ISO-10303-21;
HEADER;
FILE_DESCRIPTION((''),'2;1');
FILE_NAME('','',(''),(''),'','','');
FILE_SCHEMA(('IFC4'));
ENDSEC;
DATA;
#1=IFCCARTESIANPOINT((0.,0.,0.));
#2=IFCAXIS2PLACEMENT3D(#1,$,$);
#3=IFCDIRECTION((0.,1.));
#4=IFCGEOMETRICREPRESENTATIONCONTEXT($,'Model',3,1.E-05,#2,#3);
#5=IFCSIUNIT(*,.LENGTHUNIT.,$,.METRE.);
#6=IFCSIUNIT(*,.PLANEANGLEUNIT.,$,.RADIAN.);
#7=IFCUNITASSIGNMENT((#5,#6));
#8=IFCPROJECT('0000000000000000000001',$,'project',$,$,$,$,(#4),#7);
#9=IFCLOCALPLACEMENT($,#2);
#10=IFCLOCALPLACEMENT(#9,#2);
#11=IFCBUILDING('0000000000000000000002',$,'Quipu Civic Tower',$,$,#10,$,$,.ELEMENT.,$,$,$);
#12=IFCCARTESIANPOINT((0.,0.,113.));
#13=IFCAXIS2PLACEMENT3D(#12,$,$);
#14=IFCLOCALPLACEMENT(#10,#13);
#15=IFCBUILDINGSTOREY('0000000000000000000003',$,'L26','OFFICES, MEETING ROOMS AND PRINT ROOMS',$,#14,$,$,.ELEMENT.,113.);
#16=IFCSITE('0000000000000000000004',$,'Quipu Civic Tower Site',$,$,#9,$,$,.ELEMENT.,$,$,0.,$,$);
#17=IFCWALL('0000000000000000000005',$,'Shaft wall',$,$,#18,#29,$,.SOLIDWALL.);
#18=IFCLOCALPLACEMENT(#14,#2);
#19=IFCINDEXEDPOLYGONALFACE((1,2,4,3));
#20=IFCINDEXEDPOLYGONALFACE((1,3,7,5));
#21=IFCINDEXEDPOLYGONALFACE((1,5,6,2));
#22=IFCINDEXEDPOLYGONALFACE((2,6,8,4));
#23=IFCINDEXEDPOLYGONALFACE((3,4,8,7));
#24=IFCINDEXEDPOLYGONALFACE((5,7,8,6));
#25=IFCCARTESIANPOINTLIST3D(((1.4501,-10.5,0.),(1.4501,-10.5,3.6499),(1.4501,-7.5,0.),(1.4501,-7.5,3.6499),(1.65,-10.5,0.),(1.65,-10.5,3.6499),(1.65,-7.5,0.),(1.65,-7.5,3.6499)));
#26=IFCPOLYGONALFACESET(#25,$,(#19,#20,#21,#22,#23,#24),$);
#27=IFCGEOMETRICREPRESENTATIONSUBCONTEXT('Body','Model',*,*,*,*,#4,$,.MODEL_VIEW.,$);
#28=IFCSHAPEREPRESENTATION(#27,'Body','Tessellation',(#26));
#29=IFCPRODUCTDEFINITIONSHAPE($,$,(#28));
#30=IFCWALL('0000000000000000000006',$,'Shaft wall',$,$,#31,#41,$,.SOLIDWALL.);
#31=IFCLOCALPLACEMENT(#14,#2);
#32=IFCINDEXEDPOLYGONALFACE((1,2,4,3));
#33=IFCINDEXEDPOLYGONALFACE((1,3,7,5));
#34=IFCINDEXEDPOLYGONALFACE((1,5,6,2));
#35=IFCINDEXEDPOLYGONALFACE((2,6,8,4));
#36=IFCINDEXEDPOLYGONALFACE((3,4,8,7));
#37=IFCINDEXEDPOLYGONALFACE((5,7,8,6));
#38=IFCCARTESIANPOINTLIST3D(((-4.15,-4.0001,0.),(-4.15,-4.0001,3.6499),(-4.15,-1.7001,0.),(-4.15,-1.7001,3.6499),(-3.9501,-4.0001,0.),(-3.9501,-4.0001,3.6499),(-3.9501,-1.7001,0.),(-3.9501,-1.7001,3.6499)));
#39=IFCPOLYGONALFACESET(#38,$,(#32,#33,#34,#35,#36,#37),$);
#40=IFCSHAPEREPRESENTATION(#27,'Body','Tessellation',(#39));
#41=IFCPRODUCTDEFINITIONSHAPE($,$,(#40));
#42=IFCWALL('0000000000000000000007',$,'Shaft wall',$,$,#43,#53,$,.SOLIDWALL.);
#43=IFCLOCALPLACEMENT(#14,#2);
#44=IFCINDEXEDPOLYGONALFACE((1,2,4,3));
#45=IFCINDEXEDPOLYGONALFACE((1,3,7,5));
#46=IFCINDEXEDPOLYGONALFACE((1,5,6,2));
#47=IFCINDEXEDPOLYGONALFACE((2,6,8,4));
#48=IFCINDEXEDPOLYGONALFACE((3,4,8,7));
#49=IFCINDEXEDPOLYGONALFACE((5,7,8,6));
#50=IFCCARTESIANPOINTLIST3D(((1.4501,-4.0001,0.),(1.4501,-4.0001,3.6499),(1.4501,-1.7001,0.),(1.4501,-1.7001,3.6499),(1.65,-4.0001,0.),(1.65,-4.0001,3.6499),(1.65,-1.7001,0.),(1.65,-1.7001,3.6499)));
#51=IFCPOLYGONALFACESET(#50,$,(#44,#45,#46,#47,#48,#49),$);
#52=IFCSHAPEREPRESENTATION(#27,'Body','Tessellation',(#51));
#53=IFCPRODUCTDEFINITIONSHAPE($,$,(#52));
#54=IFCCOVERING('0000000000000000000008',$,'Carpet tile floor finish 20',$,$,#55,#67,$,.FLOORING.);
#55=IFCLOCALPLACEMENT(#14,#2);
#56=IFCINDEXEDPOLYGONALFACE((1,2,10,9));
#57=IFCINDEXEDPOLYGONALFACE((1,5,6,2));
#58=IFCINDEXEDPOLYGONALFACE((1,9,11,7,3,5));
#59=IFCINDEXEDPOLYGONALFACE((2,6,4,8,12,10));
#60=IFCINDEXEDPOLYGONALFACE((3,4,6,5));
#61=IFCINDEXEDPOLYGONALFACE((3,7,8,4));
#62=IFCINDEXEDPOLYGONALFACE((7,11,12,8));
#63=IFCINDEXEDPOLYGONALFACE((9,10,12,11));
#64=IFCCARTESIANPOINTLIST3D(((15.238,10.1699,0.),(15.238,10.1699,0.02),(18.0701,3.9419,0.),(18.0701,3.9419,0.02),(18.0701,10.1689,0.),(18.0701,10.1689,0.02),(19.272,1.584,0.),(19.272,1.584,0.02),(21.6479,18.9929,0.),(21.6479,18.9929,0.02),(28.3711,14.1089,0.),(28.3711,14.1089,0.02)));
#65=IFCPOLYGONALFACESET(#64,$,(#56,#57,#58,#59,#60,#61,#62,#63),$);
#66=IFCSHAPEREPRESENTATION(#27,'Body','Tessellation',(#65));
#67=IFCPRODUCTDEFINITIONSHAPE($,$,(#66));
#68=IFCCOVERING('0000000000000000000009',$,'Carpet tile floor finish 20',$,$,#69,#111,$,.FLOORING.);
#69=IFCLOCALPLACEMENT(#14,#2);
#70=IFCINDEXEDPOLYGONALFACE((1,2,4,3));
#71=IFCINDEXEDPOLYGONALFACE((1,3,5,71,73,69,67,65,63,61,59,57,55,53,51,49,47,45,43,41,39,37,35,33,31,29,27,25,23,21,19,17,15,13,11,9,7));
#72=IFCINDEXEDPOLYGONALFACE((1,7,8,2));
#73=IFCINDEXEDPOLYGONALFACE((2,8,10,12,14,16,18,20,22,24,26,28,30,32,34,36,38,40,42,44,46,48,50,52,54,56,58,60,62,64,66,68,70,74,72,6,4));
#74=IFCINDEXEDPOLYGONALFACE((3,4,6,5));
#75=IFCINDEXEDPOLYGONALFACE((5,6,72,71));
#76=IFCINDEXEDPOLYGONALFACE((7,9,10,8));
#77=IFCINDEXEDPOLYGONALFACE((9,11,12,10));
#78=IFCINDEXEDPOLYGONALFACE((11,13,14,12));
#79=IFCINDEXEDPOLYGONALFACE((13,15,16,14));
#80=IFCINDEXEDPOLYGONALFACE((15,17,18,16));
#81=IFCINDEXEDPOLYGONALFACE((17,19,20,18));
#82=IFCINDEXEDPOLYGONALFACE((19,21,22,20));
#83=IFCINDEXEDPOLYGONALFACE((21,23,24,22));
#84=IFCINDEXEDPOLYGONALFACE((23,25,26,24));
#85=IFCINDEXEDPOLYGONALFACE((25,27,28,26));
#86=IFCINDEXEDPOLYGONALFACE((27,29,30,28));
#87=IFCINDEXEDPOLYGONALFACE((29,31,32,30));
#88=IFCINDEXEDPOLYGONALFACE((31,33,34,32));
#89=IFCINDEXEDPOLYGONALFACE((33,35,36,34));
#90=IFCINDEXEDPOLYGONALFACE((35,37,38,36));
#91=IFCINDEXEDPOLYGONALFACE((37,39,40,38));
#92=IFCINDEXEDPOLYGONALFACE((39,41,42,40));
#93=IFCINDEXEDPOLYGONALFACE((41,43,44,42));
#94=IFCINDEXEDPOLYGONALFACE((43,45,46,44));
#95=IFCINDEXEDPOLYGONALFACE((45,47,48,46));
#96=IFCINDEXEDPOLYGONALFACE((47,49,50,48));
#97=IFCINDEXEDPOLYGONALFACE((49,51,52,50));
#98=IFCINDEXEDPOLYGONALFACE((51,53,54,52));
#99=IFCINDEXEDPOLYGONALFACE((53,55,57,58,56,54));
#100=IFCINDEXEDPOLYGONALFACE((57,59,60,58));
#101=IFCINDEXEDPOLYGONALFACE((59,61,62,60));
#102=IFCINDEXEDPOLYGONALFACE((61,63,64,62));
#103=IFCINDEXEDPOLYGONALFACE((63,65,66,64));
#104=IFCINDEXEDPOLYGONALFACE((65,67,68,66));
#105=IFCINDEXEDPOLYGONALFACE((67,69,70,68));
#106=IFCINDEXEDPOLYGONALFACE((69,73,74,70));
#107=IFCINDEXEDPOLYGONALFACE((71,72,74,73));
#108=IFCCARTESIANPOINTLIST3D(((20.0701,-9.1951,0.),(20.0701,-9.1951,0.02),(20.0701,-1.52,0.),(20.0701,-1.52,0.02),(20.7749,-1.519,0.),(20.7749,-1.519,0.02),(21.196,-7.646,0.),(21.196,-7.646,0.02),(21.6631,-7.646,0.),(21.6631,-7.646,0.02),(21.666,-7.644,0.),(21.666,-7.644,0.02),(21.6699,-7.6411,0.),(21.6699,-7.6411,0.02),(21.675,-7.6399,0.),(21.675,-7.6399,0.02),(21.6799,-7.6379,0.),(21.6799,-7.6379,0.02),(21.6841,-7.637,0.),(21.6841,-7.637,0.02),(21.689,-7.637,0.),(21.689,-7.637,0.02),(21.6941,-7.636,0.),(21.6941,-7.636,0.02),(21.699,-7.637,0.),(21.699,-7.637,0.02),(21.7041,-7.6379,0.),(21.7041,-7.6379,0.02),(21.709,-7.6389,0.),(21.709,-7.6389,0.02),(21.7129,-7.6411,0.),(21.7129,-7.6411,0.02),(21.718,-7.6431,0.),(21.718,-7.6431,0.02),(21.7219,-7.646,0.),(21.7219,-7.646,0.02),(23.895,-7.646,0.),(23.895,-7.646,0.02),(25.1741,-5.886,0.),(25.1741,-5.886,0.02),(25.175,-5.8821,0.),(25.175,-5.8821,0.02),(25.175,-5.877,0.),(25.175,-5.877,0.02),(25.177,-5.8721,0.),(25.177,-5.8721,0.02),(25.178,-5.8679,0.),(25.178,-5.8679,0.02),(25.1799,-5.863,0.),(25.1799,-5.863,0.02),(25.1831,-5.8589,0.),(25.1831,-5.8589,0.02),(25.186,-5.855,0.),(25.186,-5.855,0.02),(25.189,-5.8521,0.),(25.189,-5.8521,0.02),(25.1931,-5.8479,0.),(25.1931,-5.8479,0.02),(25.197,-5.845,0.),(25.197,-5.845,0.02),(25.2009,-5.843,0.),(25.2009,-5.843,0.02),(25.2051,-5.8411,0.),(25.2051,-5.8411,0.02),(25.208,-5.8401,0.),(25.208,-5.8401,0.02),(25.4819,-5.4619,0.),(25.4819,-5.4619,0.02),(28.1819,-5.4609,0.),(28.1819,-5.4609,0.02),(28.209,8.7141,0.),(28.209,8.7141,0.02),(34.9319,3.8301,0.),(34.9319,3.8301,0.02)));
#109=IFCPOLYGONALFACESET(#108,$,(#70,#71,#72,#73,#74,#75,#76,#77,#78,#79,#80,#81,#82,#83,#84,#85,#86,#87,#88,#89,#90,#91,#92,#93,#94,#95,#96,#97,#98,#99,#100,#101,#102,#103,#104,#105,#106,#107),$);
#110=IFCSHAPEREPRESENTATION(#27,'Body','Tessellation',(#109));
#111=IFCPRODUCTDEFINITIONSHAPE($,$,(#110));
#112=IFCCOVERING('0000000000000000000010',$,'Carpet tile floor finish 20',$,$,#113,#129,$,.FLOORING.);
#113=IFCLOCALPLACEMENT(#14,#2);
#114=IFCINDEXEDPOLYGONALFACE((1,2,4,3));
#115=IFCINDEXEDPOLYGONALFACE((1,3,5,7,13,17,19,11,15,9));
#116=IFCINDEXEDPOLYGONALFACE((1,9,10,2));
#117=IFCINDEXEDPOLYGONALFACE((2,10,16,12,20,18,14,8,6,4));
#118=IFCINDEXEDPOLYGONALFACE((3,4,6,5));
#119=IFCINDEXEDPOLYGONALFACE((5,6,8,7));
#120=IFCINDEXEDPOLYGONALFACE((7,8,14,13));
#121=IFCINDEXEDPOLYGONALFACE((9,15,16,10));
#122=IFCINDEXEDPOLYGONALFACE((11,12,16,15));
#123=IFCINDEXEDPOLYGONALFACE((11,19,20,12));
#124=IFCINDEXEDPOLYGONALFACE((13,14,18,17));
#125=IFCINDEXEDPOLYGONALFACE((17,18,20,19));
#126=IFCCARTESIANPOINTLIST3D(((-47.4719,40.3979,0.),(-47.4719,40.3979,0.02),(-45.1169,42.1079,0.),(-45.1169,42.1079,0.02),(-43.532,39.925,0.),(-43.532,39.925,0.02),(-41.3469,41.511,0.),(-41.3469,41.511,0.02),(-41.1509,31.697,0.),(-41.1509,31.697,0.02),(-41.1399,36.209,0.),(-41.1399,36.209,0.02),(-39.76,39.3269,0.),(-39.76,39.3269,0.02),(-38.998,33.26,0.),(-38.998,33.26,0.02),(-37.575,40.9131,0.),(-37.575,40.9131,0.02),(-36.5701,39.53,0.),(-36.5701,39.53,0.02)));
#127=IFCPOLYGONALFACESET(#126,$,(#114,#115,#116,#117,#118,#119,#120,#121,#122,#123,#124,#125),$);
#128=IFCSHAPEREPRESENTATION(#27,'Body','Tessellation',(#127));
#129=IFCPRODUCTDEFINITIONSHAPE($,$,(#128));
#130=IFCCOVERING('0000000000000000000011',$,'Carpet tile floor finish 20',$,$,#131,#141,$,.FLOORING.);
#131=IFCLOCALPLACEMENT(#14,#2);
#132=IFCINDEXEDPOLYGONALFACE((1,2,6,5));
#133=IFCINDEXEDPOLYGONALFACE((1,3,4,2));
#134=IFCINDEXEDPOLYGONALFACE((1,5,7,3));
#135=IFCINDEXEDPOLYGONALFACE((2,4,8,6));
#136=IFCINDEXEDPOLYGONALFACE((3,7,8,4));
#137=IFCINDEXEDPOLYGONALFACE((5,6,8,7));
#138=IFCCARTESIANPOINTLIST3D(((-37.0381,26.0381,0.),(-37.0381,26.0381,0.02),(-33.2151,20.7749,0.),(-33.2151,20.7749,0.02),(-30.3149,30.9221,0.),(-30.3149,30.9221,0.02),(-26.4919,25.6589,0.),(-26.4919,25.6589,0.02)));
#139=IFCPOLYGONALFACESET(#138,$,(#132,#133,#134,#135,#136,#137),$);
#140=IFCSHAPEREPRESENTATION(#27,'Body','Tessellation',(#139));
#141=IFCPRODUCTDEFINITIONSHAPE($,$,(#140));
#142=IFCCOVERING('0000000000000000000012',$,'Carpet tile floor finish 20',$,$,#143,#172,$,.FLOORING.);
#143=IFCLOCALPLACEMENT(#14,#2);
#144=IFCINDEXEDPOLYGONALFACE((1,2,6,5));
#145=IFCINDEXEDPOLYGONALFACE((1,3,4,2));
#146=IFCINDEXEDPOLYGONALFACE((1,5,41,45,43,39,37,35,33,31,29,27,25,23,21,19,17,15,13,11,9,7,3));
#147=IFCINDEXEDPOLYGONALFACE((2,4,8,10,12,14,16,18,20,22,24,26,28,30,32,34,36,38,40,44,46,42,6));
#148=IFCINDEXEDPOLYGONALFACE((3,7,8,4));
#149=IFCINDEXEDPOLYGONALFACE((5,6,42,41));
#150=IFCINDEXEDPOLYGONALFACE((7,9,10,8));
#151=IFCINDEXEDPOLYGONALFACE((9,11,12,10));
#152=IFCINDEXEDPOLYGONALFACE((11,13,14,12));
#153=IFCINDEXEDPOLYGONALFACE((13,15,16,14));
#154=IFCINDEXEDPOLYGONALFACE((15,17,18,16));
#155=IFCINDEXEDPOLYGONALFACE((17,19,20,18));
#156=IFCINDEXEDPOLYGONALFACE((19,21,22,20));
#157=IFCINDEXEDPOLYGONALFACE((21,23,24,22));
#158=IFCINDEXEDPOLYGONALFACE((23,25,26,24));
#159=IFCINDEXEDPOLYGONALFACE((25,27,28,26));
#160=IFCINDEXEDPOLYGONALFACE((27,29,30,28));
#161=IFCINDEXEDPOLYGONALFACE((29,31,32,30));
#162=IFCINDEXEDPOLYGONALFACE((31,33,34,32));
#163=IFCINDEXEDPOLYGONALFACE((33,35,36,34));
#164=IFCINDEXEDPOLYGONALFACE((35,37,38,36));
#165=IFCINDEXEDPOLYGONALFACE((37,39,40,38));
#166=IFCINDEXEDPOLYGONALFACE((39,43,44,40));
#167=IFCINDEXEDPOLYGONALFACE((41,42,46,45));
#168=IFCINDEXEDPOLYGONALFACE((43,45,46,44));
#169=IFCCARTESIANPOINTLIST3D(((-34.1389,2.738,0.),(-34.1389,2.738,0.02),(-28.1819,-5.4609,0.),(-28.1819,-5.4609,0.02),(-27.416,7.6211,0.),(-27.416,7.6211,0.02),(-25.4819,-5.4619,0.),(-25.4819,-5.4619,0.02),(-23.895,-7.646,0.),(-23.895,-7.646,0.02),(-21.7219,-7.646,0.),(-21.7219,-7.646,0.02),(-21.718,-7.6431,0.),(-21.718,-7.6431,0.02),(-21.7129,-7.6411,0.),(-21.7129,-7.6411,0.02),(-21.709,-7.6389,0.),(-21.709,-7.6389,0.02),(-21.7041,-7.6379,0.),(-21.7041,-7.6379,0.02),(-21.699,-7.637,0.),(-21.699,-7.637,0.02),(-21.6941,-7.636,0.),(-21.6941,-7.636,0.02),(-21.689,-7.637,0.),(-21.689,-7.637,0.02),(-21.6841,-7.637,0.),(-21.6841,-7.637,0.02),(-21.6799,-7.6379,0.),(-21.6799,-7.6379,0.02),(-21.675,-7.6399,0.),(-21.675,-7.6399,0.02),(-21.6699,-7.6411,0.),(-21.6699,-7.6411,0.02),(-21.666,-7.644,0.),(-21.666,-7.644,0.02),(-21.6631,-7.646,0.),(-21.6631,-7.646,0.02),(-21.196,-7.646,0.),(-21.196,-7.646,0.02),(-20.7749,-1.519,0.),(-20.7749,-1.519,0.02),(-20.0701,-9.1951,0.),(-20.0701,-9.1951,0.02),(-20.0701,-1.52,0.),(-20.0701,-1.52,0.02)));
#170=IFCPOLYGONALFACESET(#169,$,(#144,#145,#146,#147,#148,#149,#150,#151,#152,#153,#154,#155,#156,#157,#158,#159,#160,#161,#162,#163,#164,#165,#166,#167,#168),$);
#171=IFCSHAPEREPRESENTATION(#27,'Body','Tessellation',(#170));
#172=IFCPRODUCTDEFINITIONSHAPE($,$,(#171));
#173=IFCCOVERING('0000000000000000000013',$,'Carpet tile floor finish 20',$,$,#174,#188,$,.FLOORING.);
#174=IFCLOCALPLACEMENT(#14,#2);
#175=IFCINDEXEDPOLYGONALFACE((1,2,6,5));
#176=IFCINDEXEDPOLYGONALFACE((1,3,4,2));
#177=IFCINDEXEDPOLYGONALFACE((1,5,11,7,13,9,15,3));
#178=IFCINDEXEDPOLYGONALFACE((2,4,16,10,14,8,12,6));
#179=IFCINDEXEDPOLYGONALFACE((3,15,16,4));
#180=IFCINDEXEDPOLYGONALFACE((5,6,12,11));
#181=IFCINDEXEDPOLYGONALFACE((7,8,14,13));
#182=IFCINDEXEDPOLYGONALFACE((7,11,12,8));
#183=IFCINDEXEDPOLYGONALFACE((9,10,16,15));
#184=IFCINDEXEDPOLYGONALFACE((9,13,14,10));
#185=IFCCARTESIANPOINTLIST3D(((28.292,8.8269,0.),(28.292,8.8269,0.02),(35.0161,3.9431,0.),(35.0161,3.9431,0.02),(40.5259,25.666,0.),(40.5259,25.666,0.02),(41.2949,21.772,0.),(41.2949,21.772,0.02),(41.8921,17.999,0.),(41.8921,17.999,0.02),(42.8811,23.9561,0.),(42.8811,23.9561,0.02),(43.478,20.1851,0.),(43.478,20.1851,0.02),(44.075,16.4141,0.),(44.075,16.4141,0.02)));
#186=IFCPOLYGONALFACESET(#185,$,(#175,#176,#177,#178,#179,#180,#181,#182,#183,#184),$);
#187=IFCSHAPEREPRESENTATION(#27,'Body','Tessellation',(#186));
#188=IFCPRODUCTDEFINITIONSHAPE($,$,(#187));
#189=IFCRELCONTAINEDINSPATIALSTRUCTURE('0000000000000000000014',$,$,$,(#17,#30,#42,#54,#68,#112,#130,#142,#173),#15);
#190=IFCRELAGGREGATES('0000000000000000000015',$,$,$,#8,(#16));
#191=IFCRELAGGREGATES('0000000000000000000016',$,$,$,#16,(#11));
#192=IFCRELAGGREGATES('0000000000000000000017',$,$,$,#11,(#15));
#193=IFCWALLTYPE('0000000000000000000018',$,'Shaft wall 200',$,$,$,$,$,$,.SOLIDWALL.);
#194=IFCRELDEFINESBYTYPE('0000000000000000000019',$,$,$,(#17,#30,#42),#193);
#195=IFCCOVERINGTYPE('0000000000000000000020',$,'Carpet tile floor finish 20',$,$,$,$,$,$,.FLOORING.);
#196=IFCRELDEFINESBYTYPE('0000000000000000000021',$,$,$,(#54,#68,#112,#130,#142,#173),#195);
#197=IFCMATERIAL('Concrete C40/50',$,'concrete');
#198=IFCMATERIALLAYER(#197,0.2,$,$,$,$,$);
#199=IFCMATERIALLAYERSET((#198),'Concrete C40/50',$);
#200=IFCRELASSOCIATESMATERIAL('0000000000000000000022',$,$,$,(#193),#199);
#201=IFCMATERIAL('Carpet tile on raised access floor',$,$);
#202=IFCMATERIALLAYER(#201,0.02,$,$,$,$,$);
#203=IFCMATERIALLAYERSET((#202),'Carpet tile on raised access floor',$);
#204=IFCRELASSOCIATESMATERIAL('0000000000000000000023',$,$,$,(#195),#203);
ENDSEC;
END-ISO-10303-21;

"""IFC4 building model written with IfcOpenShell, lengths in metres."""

from ifc_helpers import new_model, si_unit, direction, frame, frame_2d, origin, place, context, subcontext, project, spatial, polyline, rectangle, outline, extrude, material, layer, layer_set, type_object, element, save


model = new_model("IFC4")

# Units and contexts
model_context = context("Model", 3, precision=1e-05, world=origin(), true_north=direction((0.0, 1.0)))
body_context = subcontext(model_context, "Body", "Model", "MODEL_VIEW")
ifc_project = project(units=[si_unit("LENGTHUNIT", "METRE"), si_unit("PLANEANGLEUNIT", "RADIAN")], contexts=[model_context])

# Site, building, storey
site_placement = place(None, origin())
site = spatial("IfcSite", under=ifc_project, at=site_placement, Name="Quipu Civic Tower Site", CompositionType="ELEMENT", RefElevation=0.0)
building_placement = place(site_placement, origin())
building = spatial("IfcBuilding", under=site, at=building_placement, Name="Quipu Civic Tower", CompositionType="ELEMENT")
storey_placement = place(building_placement, frame((0.0, 0.0, 113.0)))
storey = spatial("IfcBuildingStorey", under=building, at=storey_placement, Name="L26", Description="OFFICES, MEETING ROOMS AND PRINT ROOMS", CompositionType="ELEMENT", Elevation=113.0)

# Walls
ifc_material_1 = material(Name="Concrete C40/50", Category="concrete")
ifc_layer_1 = layer(ifc_material_1, 0.2)
ifc_layer_set_1 = layer_set([ifc_layer_1], Name="Concrete C40/50")
wall_type_1 = type_object("IfcWallType", Name="Shaft wall 200", PredefinedType="SOLIDWALL", material=ifc_layer_set_1)
for number, where, z_axis, x_axis, name in (
    (1, (1.55, -10.5, 0.0), (0.0, 0.0, 1.0), (0.0, 1.0, 0.0), "Shaft wall"),
):
    element("IfcWall", number, at=place(storey_placement, frame(where, z_axis=z_axis, x_axis=x_axis)), inside=storey, type_object=wall_type_1, Name=name, PredefinedType="SOLIDWALL", context=body_context, shape_type="SweptSolid", body=[
        extrude(rectangle(XDim=3.0, YDim=0.2, at=frame_2d((1.5, 0.0))), origin(), (0.0, 0.0, 1.0), 3.6499),
    ])
for number, where, z_axis, x_axis, name in (
    (2, (-4.05, -4.0, 0.0), (0.0, 0.0, 1.0), (0.0, 1.0, 0.0), "Shaft wall"),
    (3, (1.55, -4.0, 0.0), (0.0, 0.0, 1.0), (0.0, 1.0, 0.0), "Shaft wall"),
):
    element("IfcWall", number, at=place(storey_placement, frame(where, z_axis=z_axis, x_axis=x_axis)), inside=storey, type_object=wall_type_1, Name=name, PredefinedType="SOLIDWALL", context=body_context, shape_type="SweptSolid", body=[
        extrude(rectangle(XDim=2.3, YDim=0.2, at=frame_2d((1.1499, 0.0))), origin(), (0.0, 0.0, 1.0), 3.6499),
    ])

# Coverings
ifc_material_2 = material(Name="Carpet tile on raised access floor")
ifc_layer_2 = layer(ifc_material_2, 0.02)
ifc_layer_set_2 = layer_set([ifc_layer_2], Name="Carpet tile on raised access floor")
covering_type_1 = type_object("IfcCoveringType", Name="Carpet tile floor finish 20", PredefinedType="FLOORING", material=ifc_layer_set_2)
covering_1_placement = place(storey_placement, origin())
element("IfcCovering", 4, at=covering_1_placement, inside=storey, type_object=covering_type_1, Name="Carpet tile floor finish 20", PredefinedType="FLOORING", context=body_context, shape_type="SweptSolid", body=[
    extrude(outline(polyline([(15.238, 10.1699), (21.6479, 18.9929), (28.3711, 14.1089), (19.272, 1.584), (18.0701, 3.9419), (18.0701, 10.1689), (15.238, 10.1699)])), origin(), (0.0, 0.0, 1.0), 0.02),
])
covering_2_placement = place(storey_placement, origin())
element("IfcCovering", 5, at=covering_2_placement, inside=storey, type_object=covering_type_1, Name="Carpet tile floor finish 20", PredefinedType="FLOORING", context=body_context, shape_type="SweptSolid", body=[
    extrude(outline(polyline([(20.0701, -9.1951), (20.0701, -1.52), (20.7749, -1.519), (28.209, 8.7141), (34.9319, 3.8301), (28.1819, -5.4609), (25.4819, -5.4619), (25.208, -5.8401), (25.2051, -5.8411), (25.2009, -5.843), (25.197, -5.845), (25.1931, -5.8479), (25.189, -5.8521), (25.186, -5.855), (25.1831, -5.8589), (25.1799, -5.863), (25.178, -5.8679), (25.177, -5.8721), (25.175, -5.877), (25.175, -5.8821), (25.1741, -5.886), (23.895, -7.646), (21.7219, -7.646), (21.7219, -7.646), (21.718, -7.6431), (21.7129, -7.6411), (21.709, -7.6389), (21.7041, -7.6379), (21.699, -7.637), (21.6941, -7.636), (21.689, -7.637), (21.6841, -7.637), (21.6799, -7.6379), (21.675, -7.6399), (21.6699, -7.6411), (21.666, -7.644), (21.6631, -7.646), (21.196, -7.646), (20.0701, -9.1951)])), origin(), (0.0, 0.0, 1.0), 0.02),
])
covering_3_placement = place(storey_placement, origin())
element("IfcCovering", 6, at=covering_3_placement, inside=storey, type_object=covering_type_1, Name="Carpet tile floor finish 20", PredefinedType="FLOORING", context=body_context, shape_type="SweptSolid", body=[
    extrude(outline(polyline([(-47.4719, 40.3979), (-45.1169, 42.1079), (-43.532, 39.925), (-41.3469, 41.511), (-39.76, 39.3269), (-37.575, 40.9131), (-36.5701, 39.53), (-41.1399, 36.209), (-38.998, 33.26), (-41.1509, 31.697), (-47.4719, 40.3979)])), origin(), (0.0, 0.0, 1.0), 0.02),
])
covering_4_placement = place(storey_placement, origin())
element("IfcCovering", 7, at=covering_4_placement, inside=storey, type_object=covering_type_1, Name="Carpet tile floor finish 20", PredefinedType="FLOORING", context=body_context, shape_type="SweptSolid", body=[
    extrude(outline(polyline([(-37.0381, 26.0381), (-30.3149, 30.9221), (-26.4919, 25.6589), (-33.2151, 20.7749), (-37.0381, 26.0381)])), origin(), (0.0, 0.0, 1.0), 0.02),
])
covering_5_placement = place(storey_placement, origin())
element("IfcCovering", 8, at=covering_5_placement, inside=storey, type_object=covering_type_1, Name="Carpet tile floor finish 20", PredefinedType="FLOORING", context=body_context, shape_type="SweptSolid", body=[
    extrude(outline(polyline([(-34.1389, 2.738), (-27.416, 7.6211), (-20.7749, -1.519), (-20.0701, -1.52), (-20.0701, -9.1951), (-21.196, -7.646), (-21.6631, -7.646), (-21.666, -7.644), (-21.6699, -7.6411), (-21.675, -7.6399), (-21.6799, -7.6379), (-21.6841, -7.637), (-21.689, -7.637), (-21.6941, -7.636), (-21.699, -7.637), (-21.7041, -7.6379), (-21.709, -7.6389), (-21.7129, -7.6411), (-21.718, -7.6431), (-21.7219, -7.646), (-21.7219, -7.646), (-23.895, -7.646), (-25.4819, -5.4619), (-28.1819, -5.4609), (-34.1389, 2.738)])), origin(), (0.0, 0.0, 1.0), 0.02),
])
covering_6_placement = place(storey_placement, origin())
element("IfcCovering", 9, at=covering_6_placement, inside=storey, type_object=covering_type_1, Name="Carpet tile floor finish 20", PredefinedType="FLOORING", context=body_context, shape_type="SweptSolid", body=[
    extrude(outline(polyline([(28.292, 8.8269), (40.5259, 25.666), (42.8811, 23.9561), (41.2949, 21.772), (43.478, 20.1851), (41.8921, 17.999), (44.075, 16.4141), (35.0161, 3.9431), (28.292, 8.8269)])), origin(), (0.0, 0.0, 1.0), 0.02),
])

save(model, "model.ifc")
